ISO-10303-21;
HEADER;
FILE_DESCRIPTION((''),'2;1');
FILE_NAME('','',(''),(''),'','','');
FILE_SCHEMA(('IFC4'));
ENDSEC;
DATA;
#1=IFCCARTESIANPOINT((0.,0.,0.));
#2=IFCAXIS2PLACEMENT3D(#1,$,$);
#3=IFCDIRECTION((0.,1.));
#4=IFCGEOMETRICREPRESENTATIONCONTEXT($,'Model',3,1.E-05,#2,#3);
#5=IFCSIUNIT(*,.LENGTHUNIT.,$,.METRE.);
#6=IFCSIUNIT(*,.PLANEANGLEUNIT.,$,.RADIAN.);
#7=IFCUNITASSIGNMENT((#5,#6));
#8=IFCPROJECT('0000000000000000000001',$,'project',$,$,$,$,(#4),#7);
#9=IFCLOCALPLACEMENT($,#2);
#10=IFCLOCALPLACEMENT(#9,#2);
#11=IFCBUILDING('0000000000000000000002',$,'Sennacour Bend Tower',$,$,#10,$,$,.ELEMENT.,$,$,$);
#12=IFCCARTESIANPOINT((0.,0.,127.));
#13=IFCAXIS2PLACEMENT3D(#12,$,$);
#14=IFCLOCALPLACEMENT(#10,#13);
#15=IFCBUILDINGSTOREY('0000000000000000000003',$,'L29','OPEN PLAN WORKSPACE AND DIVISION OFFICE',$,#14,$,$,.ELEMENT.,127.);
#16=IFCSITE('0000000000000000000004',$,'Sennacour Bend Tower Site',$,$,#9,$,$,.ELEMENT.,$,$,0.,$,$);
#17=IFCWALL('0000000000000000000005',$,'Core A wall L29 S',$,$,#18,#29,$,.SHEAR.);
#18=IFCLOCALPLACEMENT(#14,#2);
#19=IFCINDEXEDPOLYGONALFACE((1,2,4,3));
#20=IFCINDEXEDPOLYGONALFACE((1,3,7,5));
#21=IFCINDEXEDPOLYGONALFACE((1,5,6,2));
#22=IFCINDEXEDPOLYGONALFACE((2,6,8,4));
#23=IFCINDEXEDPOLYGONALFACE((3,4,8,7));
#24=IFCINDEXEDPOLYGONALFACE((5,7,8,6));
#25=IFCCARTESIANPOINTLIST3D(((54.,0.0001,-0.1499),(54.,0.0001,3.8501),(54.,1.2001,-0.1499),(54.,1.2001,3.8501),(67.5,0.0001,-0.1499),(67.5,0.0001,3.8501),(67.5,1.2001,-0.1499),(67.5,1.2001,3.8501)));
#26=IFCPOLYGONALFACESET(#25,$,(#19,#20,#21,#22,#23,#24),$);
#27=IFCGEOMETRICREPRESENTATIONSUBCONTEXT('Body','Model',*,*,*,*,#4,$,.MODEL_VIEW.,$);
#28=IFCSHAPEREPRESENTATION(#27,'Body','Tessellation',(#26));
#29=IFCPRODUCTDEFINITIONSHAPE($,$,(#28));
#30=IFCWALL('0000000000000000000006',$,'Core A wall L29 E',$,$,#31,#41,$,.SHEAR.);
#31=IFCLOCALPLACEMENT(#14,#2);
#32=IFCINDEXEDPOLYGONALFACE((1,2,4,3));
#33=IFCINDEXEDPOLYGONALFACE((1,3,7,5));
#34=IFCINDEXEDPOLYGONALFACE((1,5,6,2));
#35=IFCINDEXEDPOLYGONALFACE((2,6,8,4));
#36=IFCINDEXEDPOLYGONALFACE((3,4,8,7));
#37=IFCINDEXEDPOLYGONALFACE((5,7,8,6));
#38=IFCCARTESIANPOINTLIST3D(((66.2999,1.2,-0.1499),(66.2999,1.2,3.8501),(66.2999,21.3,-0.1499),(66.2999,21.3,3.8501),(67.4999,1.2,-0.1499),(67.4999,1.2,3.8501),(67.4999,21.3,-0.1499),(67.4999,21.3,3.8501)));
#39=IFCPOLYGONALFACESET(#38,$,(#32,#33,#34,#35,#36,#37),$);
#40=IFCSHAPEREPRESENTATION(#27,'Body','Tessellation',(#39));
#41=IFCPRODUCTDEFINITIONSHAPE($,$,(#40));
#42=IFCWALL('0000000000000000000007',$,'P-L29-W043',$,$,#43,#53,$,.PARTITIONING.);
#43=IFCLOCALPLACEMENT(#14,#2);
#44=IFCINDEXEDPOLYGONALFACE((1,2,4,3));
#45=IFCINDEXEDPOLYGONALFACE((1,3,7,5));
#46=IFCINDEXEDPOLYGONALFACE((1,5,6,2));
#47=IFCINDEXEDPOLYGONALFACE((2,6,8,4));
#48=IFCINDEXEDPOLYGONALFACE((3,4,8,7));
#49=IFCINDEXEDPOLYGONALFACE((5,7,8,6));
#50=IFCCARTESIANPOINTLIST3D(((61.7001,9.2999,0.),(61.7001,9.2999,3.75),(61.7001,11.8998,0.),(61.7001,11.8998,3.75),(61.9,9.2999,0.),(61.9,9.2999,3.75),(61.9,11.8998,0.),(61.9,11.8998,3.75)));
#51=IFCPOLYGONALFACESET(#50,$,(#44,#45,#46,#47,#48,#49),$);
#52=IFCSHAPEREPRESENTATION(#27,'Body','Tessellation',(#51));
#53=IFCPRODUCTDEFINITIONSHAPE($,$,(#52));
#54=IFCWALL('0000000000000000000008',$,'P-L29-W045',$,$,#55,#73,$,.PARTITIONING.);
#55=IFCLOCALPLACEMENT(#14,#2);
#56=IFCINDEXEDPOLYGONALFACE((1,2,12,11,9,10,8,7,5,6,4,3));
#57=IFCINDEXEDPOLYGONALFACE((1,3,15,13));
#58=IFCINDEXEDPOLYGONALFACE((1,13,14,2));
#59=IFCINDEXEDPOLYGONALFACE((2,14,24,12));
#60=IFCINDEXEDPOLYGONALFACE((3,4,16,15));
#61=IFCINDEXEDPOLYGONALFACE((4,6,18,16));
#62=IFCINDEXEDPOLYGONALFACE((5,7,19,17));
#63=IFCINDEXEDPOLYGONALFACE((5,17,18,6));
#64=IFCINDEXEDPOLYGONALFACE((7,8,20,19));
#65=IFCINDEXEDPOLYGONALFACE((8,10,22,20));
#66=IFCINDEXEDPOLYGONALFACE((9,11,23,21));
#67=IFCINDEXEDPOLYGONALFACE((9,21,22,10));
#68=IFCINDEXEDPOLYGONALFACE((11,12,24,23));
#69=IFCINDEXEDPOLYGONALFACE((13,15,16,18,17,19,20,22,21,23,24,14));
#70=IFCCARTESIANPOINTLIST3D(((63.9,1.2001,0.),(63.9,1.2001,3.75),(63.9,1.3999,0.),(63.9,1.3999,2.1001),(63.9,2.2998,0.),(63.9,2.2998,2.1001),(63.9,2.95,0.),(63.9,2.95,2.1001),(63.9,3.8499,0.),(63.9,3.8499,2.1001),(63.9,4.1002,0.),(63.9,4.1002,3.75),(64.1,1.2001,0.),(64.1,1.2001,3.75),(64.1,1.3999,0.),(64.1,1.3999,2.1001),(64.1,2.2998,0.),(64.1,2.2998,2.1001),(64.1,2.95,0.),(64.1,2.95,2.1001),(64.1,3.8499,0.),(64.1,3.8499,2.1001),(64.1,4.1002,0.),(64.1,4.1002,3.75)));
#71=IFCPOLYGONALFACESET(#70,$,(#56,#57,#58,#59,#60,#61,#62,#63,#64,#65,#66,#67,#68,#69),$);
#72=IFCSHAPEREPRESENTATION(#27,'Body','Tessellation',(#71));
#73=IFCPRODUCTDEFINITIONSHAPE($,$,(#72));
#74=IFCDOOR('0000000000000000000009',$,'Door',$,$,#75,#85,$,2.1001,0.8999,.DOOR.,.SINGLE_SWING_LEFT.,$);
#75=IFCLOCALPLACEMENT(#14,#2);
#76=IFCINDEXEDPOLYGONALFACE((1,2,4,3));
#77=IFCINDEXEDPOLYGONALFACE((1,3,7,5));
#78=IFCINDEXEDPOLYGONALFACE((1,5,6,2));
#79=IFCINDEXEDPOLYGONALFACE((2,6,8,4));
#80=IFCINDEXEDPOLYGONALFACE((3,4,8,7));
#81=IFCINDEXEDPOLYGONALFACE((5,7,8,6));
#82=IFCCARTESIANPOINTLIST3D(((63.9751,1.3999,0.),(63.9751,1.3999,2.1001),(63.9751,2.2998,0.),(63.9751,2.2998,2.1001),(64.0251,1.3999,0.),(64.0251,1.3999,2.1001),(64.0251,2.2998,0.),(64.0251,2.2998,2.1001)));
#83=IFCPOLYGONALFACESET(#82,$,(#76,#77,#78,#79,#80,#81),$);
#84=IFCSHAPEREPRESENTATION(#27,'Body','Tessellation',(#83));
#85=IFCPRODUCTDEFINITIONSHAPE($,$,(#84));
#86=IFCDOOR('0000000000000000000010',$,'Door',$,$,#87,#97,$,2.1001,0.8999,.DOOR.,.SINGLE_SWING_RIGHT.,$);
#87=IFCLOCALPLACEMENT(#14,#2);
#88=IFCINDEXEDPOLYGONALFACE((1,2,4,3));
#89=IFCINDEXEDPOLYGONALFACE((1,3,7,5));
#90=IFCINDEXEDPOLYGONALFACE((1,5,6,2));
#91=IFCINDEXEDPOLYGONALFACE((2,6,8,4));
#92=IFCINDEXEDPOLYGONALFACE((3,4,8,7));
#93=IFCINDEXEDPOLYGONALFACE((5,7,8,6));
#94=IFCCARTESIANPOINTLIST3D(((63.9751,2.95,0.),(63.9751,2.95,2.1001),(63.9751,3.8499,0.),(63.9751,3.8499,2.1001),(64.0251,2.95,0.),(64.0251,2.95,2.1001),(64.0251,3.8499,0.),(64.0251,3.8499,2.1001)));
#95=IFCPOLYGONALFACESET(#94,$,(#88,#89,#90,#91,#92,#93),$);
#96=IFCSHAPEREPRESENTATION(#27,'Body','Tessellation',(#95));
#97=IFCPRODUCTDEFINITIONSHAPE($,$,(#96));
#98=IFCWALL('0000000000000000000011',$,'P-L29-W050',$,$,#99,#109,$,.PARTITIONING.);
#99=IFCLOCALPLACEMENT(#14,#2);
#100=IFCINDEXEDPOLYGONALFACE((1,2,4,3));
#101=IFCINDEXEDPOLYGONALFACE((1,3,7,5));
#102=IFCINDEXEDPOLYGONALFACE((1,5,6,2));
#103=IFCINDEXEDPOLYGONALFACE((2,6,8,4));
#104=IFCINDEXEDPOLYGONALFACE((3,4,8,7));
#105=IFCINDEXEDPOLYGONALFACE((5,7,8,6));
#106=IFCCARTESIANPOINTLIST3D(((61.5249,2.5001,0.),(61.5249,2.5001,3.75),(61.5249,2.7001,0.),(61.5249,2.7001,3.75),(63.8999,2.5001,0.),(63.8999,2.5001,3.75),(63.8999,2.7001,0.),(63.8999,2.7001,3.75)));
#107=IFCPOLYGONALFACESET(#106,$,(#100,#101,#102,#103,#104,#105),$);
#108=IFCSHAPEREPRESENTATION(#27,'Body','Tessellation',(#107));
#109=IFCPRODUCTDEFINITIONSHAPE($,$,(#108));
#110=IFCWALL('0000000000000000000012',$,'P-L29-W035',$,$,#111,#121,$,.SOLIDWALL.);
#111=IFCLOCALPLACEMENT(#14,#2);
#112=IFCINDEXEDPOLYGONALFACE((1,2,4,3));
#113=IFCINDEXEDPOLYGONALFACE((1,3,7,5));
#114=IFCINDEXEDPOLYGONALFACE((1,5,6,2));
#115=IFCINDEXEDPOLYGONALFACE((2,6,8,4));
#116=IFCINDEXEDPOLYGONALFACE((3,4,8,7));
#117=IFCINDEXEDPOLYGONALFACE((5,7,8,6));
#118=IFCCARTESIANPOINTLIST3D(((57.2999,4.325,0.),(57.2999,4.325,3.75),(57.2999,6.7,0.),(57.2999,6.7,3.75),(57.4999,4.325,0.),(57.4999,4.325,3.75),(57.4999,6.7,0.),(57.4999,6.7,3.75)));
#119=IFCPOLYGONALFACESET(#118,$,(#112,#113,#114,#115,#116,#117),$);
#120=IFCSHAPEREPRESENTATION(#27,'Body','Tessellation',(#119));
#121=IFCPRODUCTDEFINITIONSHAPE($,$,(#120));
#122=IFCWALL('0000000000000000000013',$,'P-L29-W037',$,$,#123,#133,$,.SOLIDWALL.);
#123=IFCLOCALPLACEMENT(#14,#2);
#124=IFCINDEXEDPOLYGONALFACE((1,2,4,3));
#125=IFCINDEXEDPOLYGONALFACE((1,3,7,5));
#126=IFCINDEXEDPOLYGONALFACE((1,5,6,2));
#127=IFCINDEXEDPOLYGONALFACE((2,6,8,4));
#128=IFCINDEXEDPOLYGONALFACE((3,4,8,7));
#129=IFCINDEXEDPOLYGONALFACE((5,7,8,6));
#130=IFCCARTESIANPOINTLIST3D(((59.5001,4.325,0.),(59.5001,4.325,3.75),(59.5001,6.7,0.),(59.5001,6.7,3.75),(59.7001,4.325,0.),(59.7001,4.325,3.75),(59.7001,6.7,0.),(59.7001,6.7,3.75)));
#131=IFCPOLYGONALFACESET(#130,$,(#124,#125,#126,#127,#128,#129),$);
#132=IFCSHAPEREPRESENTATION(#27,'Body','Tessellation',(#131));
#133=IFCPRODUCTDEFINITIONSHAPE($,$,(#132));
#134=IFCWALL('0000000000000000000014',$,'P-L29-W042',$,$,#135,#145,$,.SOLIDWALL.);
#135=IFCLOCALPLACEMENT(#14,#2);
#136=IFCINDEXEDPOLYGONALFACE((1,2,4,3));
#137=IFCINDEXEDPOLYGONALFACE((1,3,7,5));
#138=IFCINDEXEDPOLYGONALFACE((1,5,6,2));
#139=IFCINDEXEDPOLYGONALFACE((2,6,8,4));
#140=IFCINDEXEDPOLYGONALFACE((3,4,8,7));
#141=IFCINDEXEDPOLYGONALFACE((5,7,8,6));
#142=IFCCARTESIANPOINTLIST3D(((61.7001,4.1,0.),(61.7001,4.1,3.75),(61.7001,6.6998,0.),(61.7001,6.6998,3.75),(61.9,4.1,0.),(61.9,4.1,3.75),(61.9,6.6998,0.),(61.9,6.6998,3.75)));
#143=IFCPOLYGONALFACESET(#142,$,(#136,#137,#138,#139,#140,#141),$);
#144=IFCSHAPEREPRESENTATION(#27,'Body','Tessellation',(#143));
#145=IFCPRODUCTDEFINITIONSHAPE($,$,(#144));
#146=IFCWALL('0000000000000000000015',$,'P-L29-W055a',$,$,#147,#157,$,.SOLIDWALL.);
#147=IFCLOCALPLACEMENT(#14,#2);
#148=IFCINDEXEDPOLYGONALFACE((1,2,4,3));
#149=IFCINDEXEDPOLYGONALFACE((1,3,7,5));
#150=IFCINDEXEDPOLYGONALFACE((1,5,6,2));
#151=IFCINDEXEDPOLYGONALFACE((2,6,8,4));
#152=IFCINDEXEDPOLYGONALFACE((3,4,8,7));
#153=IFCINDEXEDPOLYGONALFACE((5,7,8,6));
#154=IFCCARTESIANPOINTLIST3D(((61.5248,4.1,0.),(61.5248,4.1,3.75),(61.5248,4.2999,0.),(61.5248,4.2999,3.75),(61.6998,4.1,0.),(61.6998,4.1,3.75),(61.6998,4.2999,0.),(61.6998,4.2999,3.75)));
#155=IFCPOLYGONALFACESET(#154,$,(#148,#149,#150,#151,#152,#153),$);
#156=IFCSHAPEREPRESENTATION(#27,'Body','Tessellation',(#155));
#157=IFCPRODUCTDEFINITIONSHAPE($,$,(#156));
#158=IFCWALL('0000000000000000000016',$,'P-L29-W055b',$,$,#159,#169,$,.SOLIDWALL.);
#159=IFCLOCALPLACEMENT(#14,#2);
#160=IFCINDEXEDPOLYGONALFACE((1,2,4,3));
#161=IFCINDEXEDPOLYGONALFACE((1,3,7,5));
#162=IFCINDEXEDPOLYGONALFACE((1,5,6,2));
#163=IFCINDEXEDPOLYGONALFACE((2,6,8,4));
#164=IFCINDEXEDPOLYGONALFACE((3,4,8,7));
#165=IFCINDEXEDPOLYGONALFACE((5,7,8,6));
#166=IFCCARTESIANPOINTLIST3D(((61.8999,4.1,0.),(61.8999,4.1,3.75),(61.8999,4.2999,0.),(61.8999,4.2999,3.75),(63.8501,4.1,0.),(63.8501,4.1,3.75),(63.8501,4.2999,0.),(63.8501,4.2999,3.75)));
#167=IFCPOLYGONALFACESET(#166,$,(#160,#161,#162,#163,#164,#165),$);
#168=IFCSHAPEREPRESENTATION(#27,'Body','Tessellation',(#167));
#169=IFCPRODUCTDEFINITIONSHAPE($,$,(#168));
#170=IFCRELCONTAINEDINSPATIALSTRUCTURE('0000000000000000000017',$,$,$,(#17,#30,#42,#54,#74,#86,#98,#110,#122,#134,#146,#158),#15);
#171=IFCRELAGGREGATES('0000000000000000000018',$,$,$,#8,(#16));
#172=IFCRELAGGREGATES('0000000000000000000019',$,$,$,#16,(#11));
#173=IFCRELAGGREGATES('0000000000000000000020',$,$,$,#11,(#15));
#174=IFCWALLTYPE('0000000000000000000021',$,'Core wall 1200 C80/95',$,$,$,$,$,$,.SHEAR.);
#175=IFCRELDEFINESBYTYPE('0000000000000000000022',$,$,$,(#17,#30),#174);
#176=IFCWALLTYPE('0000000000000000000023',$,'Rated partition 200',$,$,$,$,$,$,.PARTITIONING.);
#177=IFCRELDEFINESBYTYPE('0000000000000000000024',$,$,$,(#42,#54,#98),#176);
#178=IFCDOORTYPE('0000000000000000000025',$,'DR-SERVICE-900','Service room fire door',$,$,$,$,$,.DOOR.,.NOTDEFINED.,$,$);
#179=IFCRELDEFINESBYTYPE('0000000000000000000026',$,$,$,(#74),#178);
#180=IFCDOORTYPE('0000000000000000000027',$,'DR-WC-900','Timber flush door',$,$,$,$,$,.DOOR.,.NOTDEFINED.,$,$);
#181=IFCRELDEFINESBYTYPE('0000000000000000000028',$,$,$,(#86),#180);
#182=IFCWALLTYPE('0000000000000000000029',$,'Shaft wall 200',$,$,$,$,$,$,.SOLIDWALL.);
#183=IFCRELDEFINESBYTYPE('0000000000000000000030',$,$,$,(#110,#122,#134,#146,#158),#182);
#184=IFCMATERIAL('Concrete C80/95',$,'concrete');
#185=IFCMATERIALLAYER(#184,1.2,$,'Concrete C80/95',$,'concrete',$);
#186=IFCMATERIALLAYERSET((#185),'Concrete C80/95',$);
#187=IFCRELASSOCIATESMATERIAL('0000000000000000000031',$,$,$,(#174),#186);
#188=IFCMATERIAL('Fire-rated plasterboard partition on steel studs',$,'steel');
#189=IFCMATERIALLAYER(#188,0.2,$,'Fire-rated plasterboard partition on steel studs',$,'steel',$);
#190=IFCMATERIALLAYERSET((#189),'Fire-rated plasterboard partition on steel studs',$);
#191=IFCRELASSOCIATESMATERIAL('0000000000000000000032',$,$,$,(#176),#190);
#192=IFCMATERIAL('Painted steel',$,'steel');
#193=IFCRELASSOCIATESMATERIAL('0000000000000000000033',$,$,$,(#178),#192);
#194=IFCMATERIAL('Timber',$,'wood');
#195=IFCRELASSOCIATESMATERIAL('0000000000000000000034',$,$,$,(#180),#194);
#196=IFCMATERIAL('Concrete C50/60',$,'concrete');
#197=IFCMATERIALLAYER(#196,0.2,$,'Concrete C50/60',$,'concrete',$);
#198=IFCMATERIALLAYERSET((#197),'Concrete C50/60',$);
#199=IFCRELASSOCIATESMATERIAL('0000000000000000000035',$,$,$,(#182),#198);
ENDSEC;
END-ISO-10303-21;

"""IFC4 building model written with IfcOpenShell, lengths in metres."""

from ifc_helpers import new_model, si_unit, direction, frame, frame_2d, origin, place, context, subcontext, project, spatial, rectangle, extrude, material, layer, layer_set, type_object, element, fill, save


model = new_model("IFC4")

# Units and contexts
model_context = context("Model", 3, precision=1e-05, world=origin(), true_north=direction((0.0, 1.0)))
body_context = subcontext(model_context, "Body", "Model", "MODEL_VIEW")
ifc_project = project(units=[si_unit("LENGTHUNIT", "METRE"), si_unit("PLANEANGLEUNIT", "RADIAN")], contexts=[model_context])

# Site, building, storey
site_placement = place(None, origin())
site = spatial("IfcSite", under=ifc_project, at=site_placement, Name="Sennacour Bend Tower Site", CompositionType="ELEMENT", RefElevation=0.0)
building_placement = place(site_placement, origin())
building = spatial("IfcBuilding", under=site, at=building_placement, Name="Sennacour Bend Tower", CompositionType="ELEMENT")
storey_placement = place(building_placement, frame((0.0, 0.0, 127.0)))
storey = spatial("IfcBuildingStorey", under=building, at=storey_placement, Name="L29", Description="OPEN PLAN WORKSPACE AND DIVISION OFFICE", CompositionType="ELEMENT", Elevation=127.0)

# Walls
ifc_material_1 = material(Name="Concrete C80/95", Category="concrete")
ifc_layer_1 = layer(ifc_material_1, 1.2, Name="Concrete C80/95", Category="concrete")
ifc_layer_set_1 = layer_set([ifc_layer_1], Name="Concrete C80/95")
wall_type_1 = type_object("IfcWallType", Name="Core wall 1200 C80/95", PredefinedType="SHEAR", material=ifc_layer_set_1)
wall_1_placement = place(storey_placement, frame((67.5, 0.6001, -0.1499), z_axis=(0.0, 0.0, 1.0), x_axis=(-1.0, 0.0, 0.0)))
element("IfcWall", 1, at=wall_1_placement, inside=storey, type_object=wall_type_1, Name="Core A wall L29 S", PredefinedType="SHEAR", context=body_context, shape_type="SweptSolid", body=[
    extrude(rectangle(XDim=13.5, YDim=1.2, at=frame_2d((6.75, 0.0))), origin(), (0.0, 0.0, 1.0), 4.0),
])
wall_2_placement = place(storey_placement, frame((66.8999, 1.2, -0.1499), z_axis=(0.0, 0.0, 1.0), x_axis=(0.0, 1.0, 0.0)))
element("IfcWall", 2, at=wall_2_placement, inside=storey, type_object=wall_type_1, Name="Core A wall L29 E", PredefinedType="SHEAR", context=body_context, shape_type="SweptSolid", body=[
    extrude(rectangle(XDim=20.1001, YDim=1.2, at=frame_2d((10.05, 0.0))), origin(), (0.0, 0.0, 1.0), 4.0),
])
ifc_material_2 = material(Name="Fire-rated plasterboard partition on steel studs", Category="steel")
ifc_layer_2 = layer(ifc_material_2, 0.2, Name="Fire-rated plasterboard partition on steel studs", Category="steel")
ifc_layer_set_2 = layer_set([ifc_layer_2], Name="Fire-rated plasterboard partition on steel studs")
wall_type_2 = type_object("IfcWallType", Name="Rated partition 200", PredefinedType="PARTITIONING", material=ifc_layer_set_2)
wall_3_placement = place(storey_placement, frame((61.8, 9.3, 0.0), z_axis=(0.0, 0.0, 1.0), x_axis=(0.0, 1.0, 0.0)))
element("IfcWall", 3, at=wall_3_placement, inside=storey, type_object=wall_type_2, Name="P-L29-W043", PredefinedType="PARTITIONING", context=body_context, shape_type="SweptSolid", body=[
    extrude(rectangle(XDim=2.5999, YDim=0.2, at=frame_2d((1.2998, 0.0))), origin(), (0.0, 0.0, 1.0), 3.75),
])

# Wall, openings, doors
wall_4_placement = place(storey_placement, frame((64.0, 1.2, 0.0), z_axis=(0.0, 0.0, 1.0), x_axis=(0.0, 1.0, 0.0)))
wall_4 = element("IfcWall", 4, at=wall_4_placement, inside=storey, type_object=wall_type_2, Name="P-L29-W045", PredefinedType="PARTITIONING", context=body_context, shape_type="SweptSolid", body=[
    extrude(rectangle(XDim=2.9001, YDim=0.2, at=frame_2d((1.4502, 0.0))), origin(), (0.0, 0.0, 1.0), 3.75),
])
opening_1_placement = place(wall_4_placement, frame((0.2, 0.0, 0.0)))
opening_1 = element("IfcOpeningElement", 5, at=opening_1_placement, cuts=wall_4, PredefinedType="OPENING", context=body_context, shape_type="SweptSolid", body=[
    extrude(rectangle(XDim=0.8999, YDim=2.1001, at=frame_2d((0.45, 1.05))), frame((0.0, 0.1099, 0.0), z_axis=(0.0, -1.0, 0.0), x_axis=(1.0, 0.0, 0.0)), (0.0, 0.0, 1.0), 0.22),
])
opening_2_placement = place(wall_4_placement, frame((1.75, 0.0, 0.0)))
opening_2 = element("IfcOpeningElement", 6, at=opening_2_placement, cuts=wall_4, PredefinedType="OPENING", context=body_context, shape_type="SweptSolid", body=[
    extrude(rectangle(XDim=0.8999, YDim=2.1001, at=frame_2d((0.45, 1.05))), frame((0.0, 0.1099, 0.0), z_axis=(0.0, -1.0, 0.0), x_axis=(1.0, 0.0, 0.0)), (0.0, 0.0, 1.0), 0.22),
])
ifc_material_3 = material(Name="Painted steel", Category="steel")
door_type_1 = type_object("IfcDoorType", Name="DR-SERVICE-900", Description="Service room fire door", OperationType="NOTDEFINED", PredefinedType="DOOR", material=ifc_material_3)
door_1_placement = place(opening_1_placement, origin())
door_1 = element("IfcDoor", 7, at=door_1_placement, inside=storey, type_object=door_type_1, Name="Door", OperationType="SINGLE_SWING_LEFT", OverallHeight=2.1001, OverallWidth=0.8999, PredefinedType="DOOR", context=body_context, shape_type="SweptSolid", body=[
    extrude(rectangle(XDim=0.8999, YDim=2.1001, at=frame_2d((0.45, 1.05))), frame((0.0, 0.0249, 0.0), z_axis=(0.0, -1.0, 0.0), x_axis=(1.0, 0.0, 0.0)), (0.0, 0.0, 1.0), 0.05),
])
fill(opening_1, door_1)
ifc_material_4 = material(Name="Timber", Category="wood")
door_type_2 = type_object("IfcDoorType", Name="DR-WC-900", Description="Timber flush door", OperationType="NOTDEFINED", PredefinedType="DOOR", material=ifc_material_4)
door_2_placement = place(opening_2_placement, origin())
door_2 = element("IfcDoor", 8, at=door_2_placement, inside=storey, type_object=door_type_2, Name="Door", OperationType="SINGLE_SWING_RIGHT", OverallHeight=2.1001, OverallWidth=0.8999, PredefinedType="DOOR", context=body_context, shape_type="SweptSolid", body=[
    extrude(rectangle(XDim=0.8999, YDim=2.1001, at=frame_2d((0.45, 1.05))), frame((0.0, 0.0249, 0.0), z_axis=(0.0, -1.0, 0.0), x_axis=(1.0, 0.0, 0.0)), (0.0, 0.0, 1.0), 0.05),
])
fill(opening_2, door_2)

# Walls
wall_5_placement = place(storey_placement, frame((61.5249, 2.6001, 0.0), z_axis=(0.0, 0.0, 1.0), x_axis=(1.0, 0.0, 0.0)))
element("IfcWall", 9, at=wall_5_placement, inside=storey, type_object=wall_type_2, Name="P-L29-W050", PredefinedType="PARTITIONING", context=body_context, shape_type="SweptSolid", body=[
    extrude(rectangle(XDim=2.375, YDim=0.2, at=frame_2d((1.1875, 0.0))), origin(), (0.0, 0.0, 1.0), 3.75),
])
ifc_material_5 = material(Name="Concrete C50/60", Category="concrete")
ifc_layer_3 = layer(ifc_material_5, 0.2, Name="Concrete C50/60", Category="concrete")
ifc_layer_set_3 = layer_set([ifc_layer_3], Name="Concrete C50/60")
wall_type_3 = type_object("IfcWallType", Name="Shaft wall 200", PredefinedType="SOLIDWALL", material=ifc_layer_set_3)
for number, where, z_axis, x_axis, name in (
    (10, (57.3999, 4.325, 0.0), (0.0, 0.0, 1.0), (0.0, 1.0, 0.0), "P-L29-W035"),
    (11, (59.6001, 4.325, 0.0), (0.0, 0.0, 1.0), (0.0, 1.0, 0.0), "P-L29-W037"),
):
    element("IfcWall", number, at=place(storey_placement, frame(where, z_axis=z_axis, x_axis=x_axis)), inside=storey, type_object=wall_type_3, Name=name, PredefinedType="SOLIDWALL", context=body_context, shape_type="SweptSolid", body=[
        extrude(rectangle(XDim=2.375, YDim=0.2, at=frame_2d((1.1875, 0.0))), origin(), (0.0, 0.0, 1.0), 3.75),
    ])
wall_6_placement = place(storey_placement, frame((61.8, 4.1001, 0.0), z_axis=(0.0, 0.0, 1.0), x_axis=(0.0, 1.0, 0.0)))
element("IfcWall", 12, at=wall_6_placement, inside=storey, type_object=wall_type_3, Name="P-L29-W042", PredefinedType="SOLIDWALL", context=body_context, shape_type="SweptSolid", body=[
    extrude(rectangle(XDim=2.5999, YDim=0.2, at=frame_2d((1.2998, 0.0))), origin(), (0.0, 0.0, 1.0), 3.75),
])
wall_7_placement = place(storey_placement, frame((61.5249, 4.2, 0.0), z_axis=(0.0, 0.0, 1.0), x_axis=(1.0, 0.0, 0.0)))
element("IfcWall", 13, at=wall_7_placement, inside=storey, type_object=wall_type_3, Name="P-L29-W055a", PredefinedType="SOLIDWALL", context=body_context, shape_type="SweptSolid", body=[
    extrude(rectangle(XDim=0.175, YDim=0.2, at=frame_2d((0.0874, 0.0))), origin(), (0.0, 0.0, 1.0), 3.75),
])
wall_8_placement = place(storey_placement, frame((61.8999, 4.2, 0.0), z_axis=(0.0, 0.0, 1.0), x_axis=(1.0, 0.0, 0.0)))
element("IfcWall", 14, at=wall_8_placement, inside=storey, type_object=wall_type_3, Name="P-L29-W055b", PredefinedType="SOLIDWALL", context=body_context, shape_type="SweptSolid", body=[
    extrude(rectangle(XDim=1.9502, YDim=0.2, at=frame_2d((0.9751, 0.0))), origin(), (0.0, 0.0, 1.0), 3.75),
])

save(model, "model.ifc")
